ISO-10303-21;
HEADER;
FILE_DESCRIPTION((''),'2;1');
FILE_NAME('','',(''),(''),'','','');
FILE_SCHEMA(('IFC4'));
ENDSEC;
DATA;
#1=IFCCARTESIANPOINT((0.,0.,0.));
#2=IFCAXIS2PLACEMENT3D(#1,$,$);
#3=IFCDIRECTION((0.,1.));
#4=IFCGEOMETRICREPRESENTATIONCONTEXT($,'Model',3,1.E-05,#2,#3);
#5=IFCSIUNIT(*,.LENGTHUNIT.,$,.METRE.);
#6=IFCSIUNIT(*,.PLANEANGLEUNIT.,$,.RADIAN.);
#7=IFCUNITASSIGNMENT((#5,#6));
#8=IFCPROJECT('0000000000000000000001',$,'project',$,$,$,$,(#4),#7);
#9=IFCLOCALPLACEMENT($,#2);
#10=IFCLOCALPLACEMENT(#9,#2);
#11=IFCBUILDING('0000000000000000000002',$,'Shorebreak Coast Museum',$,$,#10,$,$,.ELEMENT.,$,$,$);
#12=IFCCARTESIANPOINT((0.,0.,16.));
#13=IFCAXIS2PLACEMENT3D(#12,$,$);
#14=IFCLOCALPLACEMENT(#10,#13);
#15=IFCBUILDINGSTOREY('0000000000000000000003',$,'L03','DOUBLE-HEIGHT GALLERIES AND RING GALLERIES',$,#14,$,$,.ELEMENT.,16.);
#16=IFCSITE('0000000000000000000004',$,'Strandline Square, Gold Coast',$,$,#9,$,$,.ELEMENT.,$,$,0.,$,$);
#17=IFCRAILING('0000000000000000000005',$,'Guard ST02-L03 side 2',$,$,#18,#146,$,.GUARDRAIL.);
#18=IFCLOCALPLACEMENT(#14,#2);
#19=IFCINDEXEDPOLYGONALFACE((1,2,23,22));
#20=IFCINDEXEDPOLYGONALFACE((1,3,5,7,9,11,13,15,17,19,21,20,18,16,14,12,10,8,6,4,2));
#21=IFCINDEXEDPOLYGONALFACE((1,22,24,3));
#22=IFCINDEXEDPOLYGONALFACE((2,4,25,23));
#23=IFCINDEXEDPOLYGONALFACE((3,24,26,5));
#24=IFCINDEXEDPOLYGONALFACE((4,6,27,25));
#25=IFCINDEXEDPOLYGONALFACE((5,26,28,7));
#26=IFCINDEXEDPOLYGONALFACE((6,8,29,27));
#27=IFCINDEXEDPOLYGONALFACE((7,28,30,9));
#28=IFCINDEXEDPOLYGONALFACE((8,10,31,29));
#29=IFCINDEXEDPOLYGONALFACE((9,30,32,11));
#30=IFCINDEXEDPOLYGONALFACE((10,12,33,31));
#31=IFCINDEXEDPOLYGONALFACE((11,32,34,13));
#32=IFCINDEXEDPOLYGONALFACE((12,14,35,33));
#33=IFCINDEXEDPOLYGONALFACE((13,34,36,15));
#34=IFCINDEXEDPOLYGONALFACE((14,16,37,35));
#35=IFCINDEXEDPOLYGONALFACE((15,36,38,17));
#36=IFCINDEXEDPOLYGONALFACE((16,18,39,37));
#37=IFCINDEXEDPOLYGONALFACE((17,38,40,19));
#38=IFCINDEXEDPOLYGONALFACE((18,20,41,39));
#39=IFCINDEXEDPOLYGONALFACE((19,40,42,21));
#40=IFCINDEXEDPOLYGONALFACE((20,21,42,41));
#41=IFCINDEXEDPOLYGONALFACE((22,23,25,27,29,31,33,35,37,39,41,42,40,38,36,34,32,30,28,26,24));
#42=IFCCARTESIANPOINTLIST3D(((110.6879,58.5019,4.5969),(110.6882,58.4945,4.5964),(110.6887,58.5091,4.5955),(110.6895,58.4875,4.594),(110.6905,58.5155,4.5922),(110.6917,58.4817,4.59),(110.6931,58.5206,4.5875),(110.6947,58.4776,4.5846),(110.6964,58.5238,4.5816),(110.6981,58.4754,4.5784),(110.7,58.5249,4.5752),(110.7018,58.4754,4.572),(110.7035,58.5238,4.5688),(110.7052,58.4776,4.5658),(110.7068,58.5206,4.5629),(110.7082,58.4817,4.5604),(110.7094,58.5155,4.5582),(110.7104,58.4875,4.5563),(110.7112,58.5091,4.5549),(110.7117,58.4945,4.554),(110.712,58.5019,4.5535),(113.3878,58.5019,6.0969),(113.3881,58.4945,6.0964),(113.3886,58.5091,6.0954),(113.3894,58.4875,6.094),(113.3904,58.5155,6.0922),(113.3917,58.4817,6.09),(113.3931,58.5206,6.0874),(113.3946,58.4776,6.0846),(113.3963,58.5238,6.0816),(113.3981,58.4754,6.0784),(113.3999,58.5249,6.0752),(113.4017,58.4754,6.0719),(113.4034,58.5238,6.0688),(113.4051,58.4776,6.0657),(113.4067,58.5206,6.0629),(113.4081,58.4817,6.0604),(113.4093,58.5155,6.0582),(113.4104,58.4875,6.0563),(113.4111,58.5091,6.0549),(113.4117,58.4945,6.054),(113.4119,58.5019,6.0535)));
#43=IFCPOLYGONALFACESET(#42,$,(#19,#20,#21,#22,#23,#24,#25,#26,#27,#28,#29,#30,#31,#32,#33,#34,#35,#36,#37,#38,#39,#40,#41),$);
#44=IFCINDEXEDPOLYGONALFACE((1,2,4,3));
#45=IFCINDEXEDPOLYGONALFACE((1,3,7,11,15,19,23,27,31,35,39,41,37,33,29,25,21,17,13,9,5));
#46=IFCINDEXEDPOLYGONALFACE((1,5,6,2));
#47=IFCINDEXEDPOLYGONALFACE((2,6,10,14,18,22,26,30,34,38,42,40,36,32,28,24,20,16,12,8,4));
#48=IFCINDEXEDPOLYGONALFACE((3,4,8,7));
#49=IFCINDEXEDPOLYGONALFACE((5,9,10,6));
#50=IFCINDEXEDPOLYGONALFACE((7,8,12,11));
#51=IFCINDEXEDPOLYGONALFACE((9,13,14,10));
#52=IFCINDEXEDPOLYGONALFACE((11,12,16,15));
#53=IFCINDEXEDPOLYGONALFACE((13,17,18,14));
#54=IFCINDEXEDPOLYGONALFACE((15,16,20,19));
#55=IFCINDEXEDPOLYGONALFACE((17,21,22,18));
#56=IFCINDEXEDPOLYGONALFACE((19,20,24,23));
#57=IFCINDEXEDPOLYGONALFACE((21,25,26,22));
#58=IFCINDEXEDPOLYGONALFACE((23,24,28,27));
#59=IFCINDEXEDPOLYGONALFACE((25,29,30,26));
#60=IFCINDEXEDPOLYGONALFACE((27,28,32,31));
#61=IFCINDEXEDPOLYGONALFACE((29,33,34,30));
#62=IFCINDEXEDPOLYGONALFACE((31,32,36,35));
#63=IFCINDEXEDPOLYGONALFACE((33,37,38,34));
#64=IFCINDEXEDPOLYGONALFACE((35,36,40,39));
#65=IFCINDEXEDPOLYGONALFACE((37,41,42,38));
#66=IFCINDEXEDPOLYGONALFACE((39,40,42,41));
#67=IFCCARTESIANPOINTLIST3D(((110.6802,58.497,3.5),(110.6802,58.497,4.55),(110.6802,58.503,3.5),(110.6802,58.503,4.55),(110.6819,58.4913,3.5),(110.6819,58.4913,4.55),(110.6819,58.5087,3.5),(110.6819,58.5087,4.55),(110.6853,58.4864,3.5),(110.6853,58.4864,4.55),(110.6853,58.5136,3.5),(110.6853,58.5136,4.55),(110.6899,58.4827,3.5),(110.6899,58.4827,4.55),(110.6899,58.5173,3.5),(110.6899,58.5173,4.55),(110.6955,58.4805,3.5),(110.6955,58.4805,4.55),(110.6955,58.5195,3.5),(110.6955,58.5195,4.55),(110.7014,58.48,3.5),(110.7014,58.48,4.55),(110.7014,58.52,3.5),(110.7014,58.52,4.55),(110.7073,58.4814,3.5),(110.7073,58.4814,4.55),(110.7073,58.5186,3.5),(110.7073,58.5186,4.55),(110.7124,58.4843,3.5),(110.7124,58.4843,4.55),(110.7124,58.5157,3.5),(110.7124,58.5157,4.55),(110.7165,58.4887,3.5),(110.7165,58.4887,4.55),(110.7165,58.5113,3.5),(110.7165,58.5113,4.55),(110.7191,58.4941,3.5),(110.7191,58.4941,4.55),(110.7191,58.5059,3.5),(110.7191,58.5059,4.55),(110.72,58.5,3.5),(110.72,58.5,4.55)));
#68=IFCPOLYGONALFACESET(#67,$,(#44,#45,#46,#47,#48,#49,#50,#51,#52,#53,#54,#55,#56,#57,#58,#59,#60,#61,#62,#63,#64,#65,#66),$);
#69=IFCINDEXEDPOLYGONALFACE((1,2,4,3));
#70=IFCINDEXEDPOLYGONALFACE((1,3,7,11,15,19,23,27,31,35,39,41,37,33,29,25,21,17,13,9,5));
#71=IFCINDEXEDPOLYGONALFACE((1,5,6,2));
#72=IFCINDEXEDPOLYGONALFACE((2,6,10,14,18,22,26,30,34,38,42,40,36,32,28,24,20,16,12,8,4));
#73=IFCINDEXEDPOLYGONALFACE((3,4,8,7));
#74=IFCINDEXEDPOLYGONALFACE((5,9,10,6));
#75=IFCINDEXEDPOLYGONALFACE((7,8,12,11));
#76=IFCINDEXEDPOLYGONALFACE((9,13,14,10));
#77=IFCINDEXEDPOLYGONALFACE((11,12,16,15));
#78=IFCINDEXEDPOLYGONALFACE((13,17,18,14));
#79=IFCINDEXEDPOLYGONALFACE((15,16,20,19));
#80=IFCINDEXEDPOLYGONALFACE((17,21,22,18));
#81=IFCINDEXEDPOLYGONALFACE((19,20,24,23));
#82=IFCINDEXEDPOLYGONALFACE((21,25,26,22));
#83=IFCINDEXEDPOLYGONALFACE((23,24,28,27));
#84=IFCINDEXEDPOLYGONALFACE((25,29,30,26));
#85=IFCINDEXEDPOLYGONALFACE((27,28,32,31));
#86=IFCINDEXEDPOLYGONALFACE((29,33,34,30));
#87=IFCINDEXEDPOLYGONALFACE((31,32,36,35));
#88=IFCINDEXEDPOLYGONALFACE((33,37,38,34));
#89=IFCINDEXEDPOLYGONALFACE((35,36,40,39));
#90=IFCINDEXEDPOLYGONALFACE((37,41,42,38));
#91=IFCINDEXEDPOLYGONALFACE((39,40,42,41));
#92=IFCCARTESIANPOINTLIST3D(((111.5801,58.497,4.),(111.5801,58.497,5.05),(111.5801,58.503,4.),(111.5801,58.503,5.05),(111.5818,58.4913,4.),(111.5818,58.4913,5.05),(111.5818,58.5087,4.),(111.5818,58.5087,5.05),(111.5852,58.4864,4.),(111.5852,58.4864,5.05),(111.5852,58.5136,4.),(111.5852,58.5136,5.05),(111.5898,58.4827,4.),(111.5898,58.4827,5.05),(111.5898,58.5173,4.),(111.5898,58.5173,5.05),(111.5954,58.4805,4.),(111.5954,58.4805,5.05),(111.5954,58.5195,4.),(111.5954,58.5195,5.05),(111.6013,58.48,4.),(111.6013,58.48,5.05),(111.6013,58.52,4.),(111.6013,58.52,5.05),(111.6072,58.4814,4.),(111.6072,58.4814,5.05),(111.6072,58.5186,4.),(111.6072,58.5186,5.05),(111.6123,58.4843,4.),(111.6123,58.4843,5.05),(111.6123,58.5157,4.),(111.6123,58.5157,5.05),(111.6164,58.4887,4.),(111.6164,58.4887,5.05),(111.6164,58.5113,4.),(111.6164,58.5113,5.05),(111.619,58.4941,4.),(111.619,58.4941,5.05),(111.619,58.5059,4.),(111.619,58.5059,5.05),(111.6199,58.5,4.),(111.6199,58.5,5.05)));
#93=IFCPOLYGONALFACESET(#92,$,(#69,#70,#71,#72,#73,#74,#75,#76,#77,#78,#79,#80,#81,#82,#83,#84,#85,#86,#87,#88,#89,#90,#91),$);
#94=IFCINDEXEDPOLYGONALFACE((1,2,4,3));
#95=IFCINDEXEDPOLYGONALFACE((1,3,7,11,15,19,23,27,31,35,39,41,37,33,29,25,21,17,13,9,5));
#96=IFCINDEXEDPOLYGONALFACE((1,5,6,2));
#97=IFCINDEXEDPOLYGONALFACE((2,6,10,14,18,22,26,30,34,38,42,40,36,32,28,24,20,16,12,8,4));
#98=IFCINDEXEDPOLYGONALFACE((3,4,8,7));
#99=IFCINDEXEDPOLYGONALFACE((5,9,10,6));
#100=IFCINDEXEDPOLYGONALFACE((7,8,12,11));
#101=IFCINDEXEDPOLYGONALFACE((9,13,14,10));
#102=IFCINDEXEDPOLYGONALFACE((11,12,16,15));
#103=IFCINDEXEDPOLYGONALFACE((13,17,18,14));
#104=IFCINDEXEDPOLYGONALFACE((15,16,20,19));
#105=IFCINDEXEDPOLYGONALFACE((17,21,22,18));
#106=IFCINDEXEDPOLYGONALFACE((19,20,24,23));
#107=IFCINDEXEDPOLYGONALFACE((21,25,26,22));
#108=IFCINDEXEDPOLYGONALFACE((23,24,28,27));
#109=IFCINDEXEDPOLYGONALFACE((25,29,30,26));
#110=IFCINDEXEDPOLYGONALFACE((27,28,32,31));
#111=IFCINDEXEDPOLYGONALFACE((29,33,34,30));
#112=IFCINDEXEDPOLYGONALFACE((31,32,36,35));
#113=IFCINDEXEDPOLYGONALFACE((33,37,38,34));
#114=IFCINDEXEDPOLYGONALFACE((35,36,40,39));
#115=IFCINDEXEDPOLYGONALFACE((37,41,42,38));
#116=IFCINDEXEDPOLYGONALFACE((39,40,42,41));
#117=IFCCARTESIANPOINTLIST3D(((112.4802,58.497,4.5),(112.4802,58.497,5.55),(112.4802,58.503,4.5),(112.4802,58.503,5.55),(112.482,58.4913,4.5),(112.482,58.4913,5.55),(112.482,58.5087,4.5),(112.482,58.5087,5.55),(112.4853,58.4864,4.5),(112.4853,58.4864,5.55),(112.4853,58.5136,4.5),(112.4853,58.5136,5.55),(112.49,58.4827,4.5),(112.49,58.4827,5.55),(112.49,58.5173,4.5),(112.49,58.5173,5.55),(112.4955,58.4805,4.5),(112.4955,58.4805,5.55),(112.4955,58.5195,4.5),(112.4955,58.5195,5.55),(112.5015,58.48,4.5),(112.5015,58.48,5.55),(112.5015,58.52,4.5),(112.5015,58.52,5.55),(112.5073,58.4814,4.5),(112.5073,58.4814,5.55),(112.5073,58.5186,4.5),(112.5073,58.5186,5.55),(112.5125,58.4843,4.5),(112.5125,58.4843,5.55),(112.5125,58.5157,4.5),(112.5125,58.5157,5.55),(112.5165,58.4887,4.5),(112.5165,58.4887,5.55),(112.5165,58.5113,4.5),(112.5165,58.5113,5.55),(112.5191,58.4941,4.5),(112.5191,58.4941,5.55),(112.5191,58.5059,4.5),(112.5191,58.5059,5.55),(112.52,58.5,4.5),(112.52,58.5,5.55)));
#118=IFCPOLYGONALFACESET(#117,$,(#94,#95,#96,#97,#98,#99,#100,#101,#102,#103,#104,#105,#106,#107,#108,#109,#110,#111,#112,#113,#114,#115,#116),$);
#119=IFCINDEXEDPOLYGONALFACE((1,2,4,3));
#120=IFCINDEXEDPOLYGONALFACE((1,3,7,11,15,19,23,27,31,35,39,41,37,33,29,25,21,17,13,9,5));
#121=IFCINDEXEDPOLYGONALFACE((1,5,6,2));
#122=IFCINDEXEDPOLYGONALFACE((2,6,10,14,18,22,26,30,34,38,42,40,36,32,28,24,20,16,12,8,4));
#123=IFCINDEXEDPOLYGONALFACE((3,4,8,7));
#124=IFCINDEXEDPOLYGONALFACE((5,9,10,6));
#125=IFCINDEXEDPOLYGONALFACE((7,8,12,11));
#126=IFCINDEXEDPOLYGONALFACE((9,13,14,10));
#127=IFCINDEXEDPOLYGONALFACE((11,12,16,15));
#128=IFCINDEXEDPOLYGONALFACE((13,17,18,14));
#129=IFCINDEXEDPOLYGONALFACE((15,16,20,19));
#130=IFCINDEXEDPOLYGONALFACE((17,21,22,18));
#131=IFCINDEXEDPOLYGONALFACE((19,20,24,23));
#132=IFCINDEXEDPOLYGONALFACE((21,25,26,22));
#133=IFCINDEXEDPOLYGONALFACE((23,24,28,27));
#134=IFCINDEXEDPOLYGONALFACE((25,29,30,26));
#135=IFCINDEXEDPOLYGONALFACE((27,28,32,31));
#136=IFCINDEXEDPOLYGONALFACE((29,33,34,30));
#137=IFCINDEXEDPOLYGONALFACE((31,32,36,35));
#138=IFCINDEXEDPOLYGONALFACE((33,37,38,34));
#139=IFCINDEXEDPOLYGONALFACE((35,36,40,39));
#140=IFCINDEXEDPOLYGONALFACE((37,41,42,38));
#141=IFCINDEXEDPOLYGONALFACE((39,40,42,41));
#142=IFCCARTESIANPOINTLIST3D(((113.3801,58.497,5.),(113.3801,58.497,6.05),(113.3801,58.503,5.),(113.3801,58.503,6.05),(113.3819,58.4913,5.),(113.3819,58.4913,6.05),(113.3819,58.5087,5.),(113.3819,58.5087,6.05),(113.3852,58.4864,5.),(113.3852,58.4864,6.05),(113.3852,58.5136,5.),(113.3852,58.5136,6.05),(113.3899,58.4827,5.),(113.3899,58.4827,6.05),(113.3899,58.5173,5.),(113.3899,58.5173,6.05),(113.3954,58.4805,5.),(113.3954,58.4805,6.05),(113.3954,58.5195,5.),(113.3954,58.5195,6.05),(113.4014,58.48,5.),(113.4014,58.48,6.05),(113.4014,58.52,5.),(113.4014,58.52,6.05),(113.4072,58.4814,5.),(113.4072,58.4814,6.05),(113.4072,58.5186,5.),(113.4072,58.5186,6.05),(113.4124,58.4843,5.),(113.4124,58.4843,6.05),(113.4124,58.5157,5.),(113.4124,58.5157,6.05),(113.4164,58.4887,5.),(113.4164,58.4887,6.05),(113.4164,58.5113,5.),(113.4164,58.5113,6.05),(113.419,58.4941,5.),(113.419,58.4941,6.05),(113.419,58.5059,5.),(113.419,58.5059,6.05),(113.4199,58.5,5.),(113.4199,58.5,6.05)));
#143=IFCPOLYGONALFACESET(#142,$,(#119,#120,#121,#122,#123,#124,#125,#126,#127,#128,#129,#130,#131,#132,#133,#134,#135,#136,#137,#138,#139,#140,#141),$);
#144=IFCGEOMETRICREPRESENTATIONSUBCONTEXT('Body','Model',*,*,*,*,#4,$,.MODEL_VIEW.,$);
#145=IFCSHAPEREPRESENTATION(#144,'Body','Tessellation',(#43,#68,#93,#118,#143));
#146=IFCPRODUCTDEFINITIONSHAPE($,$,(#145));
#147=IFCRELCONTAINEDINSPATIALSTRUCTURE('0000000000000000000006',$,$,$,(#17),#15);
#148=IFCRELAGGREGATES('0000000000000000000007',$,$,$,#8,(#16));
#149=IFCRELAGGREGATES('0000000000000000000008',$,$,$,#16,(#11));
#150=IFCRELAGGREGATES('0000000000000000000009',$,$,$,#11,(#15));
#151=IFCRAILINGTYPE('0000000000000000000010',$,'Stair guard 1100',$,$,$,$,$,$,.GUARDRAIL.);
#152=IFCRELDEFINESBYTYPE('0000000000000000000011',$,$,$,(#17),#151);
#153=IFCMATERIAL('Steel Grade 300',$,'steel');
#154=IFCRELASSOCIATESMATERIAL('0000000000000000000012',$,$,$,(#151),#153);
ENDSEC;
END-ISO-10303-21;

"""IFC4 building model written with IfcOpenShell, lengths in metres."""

from ifc_helpers import new_model, si_unit, direction, frame, origin, origin_2d, place, context, subcontext, project, spatial, circle, extrude, material, type_object, element, save


model = new_model("IFC4")

# Units and contexts
model_context = context("Model", 3, precision=1e-05, world=origin(), true_north=direction((0.0, 1.0)))
body_context = subcontext(model_context, "Body", "Model", "MODEL_VIEW")
ifc_project = project(units=[si_unit("LENGTHUNIT", "METRE"), si_unit("PLANEANGLEUNIT", "RADIAN")], contexts=[model_context])

# Site, building, storey
site_placement = place(None, origin())
site = spatial("IfcSite", under=ifc_project, at=site_placement, Name="Strandline Square, Gold Coast", CompositionType="ELEMENT", RefElevation=0.0)
building_placement = place(site_placement, origin())
building = spatial("IfcBuilding", under=site, at=building_placement, Name="Shorebreak Coast Museum", CompositionType="ELEMENT")
storey_placement = place(building_placement, frame((0.0, 0.0, 16.0)))
storey = spatial("IfcBuildingStorey", under=building, at=storey_placement, Name="L03", Description="DOUBLE-HEIGHT GALLERIES AND RING GALLERIES", CompositionType="ELEMENT", Elevation=16.0)

# Railing
ifc_material_1 = material(Name="Steel Grade 300", Category="steel")
railing_type_1 = type_object("IfcRailingType", Name="Stair guard 1100", PredefinedType="GUARDRAIL", material=ifc_material_1)
railing_1_placement = place(storey_placement, frame((110.7, 58.5, 3.5)))
element("IfcRailing", 1, at=railing_1_placement, inside=storey, type_object=railing_type_1, Name="Guard ST02-L03 side 2", PredefinedType="GUARDRAIL", context=body_context, shape_type="SweptSolid", body=[
    extrude(circle(Radius=0.0249, at=origin_2d()), frame((0.0, 0.0, 1.0752), z_axis=(0.874154, 0.0, 0.48565), x_axis=(0.0, 1.0, 0.0)), (0.0, 0.0, 1.0), 3.0886),
    extrude(circle(Radius=0.02, at=origin_2d()), origin(), (0.0, 0.0, 1.0), 1.05),
    extrude(circle(Radius=0.02, at=origin_2d()), frame((0.8999, 0.0, 0.5)), (0.0, 0.0, 1.0), 1.05),
    extrude(circle(Radius=0.02, at=origin_2d()), frame((1.8, 0.0, 1.0)), (0.0, 0.0, 1.0), 1.05),
    extrude(circle(Radius=0.02, at=origin_2d()), frame((2.7, 0.0, 1.5)), (0.0, 0.0, 1.0), 1.05),
])

save(model, "model.ifc")
